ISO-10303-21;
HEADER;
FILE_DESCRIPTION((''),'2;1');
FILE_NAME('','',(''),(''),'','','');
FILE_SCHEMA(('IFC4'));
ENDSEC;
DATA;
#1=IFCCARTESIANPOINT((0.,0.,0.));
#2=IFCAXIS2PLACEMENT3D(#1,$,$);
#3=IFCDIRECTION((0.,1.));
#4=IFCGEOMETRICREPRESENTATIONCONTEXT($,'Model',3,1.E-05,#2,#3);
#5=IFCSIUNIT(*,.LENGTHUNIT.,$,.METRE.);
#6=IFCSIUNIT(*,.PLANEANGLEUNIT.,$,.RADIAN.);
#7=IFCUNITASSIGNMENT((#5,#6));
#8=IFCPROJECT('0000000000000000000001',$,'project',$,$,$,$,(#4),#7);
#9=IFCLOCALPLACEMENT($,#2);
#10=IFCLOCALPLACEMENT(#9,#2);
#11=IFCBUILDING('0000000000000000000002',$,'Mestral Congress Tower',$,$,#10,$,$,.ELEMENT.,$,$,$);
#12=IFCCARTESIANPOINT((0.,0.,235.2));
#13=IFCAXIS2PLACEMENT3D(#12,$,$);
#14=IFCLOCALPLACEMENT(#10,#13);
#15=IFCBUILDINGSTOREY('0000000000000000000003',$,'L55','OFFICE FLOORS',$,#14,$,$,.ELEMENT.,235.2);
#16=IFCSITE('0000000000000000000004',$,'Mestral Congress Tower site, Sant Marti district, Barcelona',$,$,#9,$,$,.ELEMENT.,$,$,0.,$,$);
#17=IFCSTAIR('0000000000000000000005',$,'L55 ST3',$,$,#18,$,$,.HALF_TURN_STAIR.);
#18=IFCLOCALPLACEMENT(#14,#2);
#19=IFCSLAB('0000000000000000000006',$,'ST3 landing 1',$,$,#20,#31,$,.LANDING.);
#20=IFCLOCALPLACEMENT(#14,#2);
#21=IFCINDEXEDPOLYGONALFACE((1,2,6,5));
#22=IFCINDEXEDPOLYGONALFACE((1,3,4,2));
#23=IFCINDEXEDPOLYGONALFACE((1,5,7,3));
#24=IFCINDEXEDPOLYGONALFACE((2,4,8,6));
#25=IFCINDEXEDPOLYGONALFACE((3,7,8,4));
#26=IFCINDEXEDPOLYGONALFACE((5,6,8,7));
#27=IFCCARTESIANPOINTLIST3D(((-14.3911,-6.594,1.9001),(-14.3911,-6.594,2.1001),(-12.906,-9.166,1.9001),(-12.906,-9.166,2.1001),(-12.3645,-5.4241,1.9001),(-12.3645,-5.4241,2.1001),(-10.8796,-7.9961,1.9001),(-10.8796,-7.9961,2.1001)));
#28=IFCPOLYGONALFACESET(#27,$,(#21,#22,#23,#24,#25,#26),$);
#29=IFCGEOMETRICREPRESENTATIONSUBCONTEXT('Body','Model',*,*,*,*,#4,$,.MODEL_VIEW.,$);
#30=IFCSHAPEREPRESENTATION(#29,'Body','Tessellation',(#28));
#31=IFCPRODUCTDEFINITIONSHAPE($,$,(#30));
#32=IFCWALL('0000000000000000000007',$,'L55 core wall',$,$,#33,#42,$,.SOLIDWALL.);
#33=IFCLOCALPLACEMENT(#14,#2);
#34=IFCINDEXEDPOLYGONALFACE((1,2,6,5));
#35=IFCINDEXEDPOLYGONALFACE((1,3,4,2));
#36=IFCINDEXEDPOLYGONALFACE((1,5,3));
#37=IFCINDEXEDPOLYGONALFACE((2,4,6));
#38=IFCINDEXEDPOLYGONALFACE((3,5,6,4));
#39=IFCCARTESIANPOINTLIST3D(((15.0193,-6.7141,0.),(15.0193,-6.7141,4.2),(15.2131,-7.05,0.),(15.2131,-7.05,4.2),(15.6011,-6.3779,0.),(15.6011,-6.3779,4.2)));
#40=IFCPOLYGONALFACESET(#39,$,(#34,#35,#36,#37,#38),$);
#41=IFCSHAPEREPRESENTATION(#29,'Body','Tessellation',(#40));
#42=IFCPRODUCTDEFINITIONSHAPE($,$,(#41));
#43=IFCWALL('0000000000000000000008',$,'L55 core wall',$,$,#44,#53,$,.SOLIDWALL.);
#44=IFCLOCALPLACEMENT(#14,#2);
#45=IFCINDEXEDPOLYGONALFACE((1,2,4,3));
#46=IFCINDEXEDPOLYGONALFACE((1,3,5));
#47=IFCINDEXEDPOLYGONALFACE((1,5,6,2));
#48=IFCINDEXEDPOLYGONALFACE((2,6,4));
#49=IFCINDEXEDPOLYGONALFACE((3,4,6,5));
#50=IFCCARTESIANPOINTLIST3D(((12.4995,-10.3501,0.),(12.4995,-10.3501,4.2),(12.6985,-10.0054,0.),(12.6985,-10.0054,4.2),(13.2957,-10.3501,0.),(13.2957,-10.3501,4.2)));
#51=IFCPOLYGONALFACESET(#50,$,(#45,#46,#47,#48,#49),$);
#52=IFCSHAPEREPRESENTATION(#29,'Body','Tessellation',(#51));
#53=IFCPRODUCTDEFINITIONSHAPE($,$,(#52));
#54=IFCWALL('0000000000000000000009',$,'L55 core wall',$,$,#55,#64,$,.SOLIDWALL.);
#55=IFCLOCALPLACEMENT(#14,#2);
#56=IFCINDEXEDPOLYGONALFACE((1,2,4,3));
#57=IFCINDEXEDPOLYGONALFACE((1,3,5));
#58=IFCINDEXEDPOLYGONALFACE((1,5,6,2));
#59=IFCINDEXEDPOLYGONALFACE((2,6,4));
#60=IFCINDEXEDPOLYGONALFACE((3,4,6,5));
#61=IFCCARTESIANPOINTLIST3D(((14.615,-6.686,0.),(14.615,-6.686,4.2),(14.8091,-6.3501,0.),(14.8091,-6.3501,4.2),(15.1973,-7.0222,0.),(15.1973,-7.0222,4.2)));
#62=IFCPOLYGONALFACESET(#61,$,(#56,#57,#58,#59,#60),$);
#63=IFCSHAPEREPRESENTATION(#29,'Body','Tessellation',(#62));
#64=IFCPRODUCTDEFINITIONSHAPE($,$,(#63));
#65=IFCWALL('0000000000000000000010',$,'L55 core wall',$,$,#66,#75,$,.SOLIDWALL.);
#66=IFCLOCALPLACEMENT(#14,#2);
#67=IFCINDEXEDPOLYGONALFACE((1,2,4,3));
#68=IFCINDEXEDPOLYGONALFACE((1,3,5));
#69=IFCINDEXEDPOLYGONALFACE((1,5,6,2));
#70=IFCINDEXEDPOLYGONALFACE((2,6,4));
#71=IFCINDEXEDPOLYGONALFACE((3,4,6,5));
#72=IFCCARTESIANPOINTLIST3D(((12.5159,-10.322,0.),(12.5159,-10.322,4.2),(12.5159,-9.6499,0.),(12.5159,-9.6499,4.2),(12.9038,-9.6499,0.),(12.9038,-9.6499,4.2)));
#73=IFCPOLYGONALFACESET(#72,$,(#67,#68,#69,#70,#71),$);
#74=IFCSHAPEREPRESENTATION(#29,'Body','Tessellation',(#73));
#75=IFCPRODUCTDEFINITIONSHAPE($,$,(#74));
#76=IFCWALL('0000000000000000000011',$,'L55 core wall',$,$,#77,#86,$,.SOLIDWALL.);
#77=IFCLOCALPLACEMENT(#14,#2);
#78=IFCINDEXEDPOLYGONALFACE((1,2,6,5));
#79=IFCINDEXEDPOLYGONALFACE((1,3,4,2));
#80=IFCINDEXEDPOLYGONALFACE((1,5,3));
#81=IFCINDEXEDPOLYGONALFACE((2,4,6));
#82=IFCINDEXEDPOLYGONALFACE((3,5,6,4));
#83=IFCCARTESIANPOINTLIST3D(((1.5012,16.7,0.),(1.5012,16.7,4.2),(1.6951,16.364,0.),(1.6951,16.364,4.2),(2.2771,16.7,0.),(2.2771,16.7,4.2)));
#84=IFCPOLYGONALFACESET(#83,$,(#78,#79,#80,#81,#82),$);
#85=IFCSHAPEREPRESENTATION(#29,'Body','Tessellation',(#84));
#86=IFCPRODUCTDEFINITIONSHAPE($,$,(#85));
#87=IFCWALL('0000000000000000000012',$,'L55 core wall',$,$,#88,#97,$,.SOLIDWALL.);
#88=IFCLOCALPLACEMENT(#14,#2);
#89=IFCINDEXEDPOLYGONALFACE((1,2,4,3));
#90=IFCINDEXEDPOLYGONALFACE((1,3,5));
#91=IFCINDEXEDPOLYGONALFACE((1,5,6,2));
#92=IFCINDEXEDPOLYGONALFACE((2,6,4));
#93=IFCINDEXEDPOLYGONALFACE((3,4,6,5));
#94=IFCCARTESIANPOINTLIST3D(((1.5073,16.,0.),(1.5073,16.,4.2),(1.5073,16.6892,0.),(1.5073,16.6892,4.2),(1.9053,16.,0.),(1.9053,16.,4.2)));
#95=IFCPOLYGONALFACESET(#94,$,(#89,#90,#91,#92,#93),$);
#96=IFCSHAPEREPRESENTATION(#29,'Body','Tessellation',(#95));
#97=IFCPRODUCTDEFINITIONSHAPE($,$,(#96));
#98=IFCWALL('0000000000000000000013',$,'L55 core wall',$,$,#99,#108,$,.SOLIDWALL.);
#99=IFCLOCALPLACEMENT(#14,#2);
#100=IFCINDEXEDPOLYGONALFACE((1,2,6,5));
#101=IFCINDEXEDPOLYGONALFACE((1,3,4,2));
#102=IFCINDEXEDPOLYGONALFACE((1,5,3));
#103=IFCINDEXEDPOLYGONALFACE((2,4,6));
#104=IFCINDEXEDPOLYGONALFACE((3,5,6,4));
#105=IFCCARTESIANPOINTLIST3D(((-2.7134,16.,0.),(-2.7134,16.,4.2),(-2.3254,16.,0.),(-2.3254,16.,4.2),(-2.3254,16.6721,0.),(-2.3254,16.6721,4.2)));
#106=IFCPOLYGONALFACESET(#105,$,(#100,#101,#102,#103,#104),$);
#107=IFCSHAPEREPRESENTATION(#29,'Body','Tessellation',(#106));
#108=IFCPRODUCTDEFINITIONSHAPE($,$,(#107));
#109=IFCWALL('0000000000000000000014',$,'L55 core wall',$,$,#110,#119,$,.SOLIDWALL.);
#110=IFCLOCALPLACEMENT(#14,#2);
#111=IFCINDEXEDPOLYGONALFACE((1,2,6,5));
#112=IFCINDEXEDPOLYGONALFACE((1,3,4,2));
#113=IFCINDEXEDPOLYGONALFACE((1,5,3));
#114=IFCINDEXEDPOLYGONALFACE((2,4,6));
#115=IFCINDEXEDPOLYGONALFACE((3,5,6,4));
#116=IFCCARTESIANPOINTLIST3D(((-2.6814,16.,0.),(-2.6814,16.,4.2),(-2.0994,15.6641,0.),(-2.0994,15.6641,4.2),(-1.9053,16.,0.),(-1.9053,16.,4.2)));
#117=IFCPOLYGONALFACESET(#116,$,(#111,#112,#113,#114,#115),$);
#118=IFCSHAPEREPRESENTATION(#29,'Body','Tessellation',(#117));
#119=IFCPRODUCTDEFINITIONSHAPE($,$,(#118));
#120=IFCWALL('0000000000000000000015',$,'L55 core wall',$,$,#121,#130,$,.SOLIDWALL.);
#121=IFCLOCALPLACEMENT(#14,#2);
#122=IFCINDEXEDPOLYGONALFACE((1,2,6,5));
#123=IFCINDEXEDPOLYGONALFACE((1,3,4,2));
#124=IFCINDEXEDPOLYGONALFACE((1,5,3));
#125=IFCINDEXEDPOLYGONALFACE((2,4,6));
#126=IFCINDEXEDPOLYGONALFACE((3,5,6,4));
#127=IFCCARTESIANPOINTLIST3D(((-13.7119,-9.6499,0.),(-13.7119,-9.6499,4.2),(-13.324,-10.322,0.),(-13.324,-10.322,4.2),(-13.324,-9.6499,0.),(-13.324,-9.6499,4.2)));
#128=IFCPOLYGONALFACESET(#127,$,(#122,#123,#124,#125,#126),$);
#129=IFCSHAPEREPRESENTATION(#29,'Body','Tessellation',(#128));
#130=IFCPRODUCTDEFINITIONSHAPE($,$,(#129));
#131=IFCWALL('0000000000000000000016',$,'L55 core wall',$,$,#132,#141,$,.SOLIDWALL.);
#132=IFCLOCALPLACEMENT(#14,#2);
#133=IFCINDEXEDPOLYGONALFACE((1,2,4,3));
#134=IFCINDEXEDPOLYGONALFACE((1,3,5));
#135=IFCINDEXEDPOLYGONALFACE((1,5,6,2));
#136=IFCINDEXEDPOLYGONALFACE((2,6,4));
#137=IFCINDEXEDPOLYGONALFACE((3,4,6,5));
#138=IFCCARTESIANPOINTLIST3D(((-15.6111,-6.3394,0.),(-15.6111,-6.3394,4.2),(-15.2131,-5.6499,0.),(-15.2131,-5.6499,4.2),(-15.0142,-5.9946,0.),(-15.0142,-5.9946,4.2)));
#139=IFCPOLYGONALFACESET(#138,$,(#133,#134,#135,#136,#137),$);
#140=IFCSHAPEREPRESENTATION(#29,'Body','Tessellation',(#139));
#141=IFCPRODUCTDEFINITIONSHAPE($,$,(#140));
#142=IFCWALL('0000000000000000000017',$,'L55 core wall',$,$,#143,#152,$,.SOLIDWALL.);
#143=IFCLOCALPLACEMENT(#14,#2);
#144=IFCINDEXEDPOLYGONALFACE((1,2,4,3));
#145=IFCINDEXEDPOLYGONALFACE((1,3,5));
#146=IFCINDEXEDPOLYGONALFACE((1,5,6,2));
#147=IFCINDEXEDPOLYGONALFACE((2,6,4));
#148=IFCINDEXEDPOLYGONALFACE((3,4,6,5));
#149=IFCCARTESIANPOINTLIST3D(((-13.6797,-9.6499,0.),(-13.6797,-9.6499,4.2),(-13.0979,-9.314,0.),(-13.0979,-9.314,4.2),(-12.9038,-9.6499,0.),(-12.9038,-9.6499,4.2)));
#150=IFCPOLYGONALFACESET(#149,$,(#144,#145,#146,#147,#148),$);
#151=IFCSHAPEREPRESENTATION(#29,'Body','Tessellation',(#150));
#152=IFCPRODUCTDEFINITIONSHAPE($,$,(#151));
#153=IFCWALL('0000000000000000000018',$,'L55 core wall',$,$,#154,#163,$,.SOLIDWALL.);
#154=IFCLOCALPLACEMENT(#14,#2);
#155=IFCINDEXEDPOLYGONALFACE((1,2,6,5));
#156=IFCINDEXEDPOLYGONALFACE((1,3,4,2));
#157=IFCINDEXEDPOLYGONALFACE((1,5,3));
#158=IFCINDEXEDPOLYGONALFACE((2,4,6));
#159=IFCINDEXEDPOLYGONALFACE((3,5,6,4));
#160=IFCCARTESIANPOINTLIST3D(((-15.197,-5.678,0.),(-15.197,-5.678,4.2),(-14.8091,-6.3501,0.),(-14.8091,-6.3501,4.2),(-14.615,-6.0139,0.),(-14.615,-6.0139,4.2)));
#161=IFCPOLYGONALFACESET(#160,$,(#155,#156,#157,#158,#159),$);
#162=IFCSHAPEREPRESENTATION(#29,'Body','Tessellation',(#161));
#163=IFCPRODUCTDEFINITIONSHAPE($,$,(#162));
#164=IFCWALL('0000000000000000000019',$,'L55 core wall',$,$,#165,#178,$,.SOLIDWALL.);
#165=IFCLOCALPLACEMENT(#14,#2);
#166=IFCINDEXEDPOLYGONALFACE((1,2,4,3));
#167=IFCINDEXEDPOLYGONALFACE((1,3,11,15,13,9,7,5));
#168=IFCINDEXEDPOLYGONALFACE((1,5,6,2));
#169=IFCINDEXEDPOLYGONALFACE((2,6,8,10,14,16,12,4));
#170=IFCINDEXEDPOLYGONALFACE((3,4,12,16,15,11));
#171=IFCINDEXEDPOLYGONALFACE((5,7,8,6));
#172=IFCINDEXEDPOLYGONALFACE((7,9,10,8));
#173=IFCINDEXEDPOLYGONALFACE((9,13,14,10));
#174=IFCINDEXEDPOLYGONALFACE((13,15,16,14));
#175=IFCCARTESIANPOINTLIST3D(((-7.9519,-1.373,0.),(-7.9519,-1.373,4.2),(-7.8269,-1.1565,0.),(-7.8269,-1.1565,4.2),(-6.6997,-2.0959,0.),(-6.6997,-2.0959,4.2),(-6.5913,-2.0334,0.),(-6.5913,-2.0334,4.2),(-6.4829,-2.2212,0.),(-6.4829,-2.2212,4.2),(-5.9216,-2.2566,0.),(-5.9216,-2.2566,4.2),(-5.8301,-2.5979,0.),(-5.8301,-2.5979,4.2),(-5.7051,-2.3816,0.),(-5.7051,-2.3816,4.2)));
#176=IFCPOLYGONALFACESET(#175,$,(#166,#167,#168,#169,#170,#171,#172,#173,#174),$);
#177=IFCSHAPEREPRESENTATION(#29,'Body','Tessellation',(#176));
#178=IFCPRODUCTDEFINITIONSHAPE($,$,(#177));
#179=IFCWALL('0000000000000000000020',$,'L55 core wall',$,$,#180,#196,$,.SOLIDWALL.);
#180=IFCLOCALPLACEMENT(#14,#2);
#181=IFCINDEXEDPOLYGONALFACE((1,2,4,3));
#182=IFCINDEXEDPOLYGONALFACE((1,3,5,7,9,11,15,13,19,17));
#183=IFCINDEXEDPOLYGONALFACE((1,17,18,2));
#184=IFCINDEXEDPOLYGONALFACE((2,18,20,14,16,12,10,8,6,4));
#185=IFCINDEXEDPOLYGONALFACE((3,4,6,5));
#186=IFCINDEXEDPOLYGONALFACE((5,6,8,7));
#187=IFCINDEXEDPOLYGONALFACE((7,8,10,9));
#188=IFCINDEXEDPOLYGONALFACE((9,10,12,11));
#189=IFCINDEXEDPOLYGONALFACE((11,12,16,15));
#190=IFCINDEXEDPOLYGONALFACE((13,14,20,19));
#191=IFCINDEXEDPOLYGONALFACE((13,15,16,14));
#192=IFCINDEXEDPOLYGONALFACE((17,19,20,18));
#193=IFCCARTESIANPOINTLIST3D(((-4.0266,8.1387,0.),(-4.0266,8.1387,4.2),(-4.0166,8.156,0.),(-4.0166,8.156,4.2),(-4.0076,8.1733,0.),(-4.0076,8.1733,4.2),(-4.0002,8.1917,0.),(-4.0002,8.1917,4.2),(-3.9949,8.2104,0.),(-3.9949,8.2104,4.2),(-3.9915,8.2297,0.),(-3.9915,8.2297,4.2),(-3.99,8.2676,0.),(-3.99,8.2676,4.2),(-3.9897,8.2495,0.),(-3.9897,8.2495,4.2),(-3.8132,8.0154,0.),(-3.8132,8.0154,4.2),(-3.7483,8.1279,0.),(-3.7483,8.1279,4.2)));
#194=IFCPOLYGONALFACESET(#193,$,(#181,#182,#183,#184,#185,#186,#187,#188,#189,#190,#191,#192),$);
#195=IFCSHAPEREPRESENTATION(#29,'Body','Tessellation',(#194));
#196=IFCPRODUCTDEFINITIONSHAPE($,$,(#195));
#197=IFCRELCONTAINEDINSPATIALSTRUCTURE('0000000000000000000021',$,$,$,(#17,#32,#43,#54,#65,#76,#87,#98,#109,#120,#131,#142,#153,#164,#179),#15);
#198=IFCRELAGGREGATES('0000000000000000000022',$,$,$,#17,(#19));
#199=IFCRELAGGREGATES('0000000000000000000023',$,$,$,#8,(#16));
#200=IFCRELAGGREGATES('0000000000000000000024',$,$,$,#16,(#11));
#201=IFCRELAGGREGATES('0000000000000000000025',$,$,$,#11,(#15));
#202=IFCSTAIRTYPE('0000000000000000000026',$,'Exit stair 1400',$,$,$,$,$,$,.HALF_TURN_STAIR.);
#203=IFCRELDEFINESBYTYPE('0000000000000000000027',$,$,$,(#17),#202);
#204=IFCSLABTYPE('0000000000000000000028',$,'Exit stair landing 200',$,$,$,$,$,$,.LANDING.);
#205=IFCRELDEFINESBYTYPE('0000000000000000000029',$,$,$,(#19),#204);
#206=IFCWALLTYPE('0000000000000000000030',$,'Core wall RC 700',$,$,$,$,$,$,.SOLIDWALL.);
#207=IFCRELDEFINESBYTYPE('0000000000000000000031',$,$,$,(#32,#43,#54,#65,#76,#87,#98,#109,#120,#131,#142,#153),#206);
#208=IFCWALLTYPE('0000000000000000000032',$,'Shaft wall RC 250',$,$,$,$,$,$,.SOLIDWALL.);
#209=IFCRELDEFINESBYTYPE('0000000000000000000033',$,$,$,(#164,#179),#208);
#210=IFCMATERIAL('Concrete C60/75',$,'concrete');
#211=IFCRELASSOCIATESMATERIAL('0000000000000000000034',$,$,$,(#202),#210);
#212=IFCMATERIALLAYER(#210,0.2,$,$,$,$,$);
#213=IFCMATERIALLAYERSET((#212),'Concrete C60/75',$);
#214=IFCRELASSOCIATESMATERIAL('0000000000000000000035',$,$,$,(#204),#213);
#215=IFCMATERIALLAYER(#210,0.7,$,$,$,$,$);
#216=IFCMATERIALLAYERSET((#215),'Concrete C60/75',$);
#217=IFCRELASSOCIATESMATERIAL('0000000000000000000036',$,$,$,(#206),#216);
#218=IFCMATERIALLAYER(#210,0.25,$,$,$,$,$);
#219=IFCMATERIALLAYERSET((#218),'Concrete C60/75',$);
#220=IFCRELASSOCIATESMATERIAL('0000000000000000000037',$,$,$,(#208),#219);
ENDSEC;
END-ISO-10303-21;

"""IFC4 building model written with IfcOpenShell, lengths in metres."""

from ifc_helpers import new_model, si_unit, direction, frame, origin, place, context, subcontext, project, spatial, polyline, outline, extrude, material, layer, layer_set, type_object, element, aggregate, save


model = new_model("IFC4")

# Units and contexts
model_context = context("Model", 3, precision=1e-05, world=origin(), true_north=direction((0.0, 1.0)))
body_context = subcontext(model_context, "Body", "Model", "MODEL_VIEW")
ifc_project = project(units=[si_unit("LENGTHUNIT", "METRE"), si_unit("PLANEANGLEUNIT", "RADIAN")], contexts=[model_context])

# Site, building, storey
site_placement = place(None, origin())
site = spatial("IfcSite", under=ifc_project, at=site_placement, Name="Mestral Congress Tower site, Sant Marti district, Barcelona", CompositionType="ELEMENT", RefElevation=0.0)
building_placement = place(site_placement, origin())
building = spatial("IfcBuilding", under=site, at=building_placement, Name="Mestral Congress Tower", CompositionType="ELEMENT")
storey_placement = place(building_placement, frame((0.0, 0.0, 235.2)))
storey = spatial("IfcBuildingStorey", under=building, at=storey_placement, Name="L55", Description="OFFICE FLOORS", CompositionType="ELEMENT", Elevation=235.2)

# Shared definitions
ifc_material_1 = material(Name="Concrete C60/75", Category="concrete")

# Stair, slab
stair_type = type_object("IfcStairType", Name="Exit stair 1400", PredefinedType="HALF_TURN_STAIR", material=ifc_material_1)
placement_1 = place(storey_placement, origin())
ifc_layer_1 = layer(ifc_material_1, 0.2)
ifc_layer_set_1 = layer_set([ifc_layer_1], Name="Concrete C60/75")
slab_type_1 = type_object("IfcSlabType", Name="Exit stair landing 200", PredefinedType="LANDING", material=ifc_layer_set_1)
placement_2 = place(storey_placement, frame((0.0, 0.0, 1.9001)))
stair_1 = element("IfcStair", 1, at=placement_1, inside=storey, type_object=stair_type, Name="L55 ST3", PredefinedType="HALF_TURN_STAIR")
slab_1 = element("IfcSlab", 2, at=placement_2, type_object=slab_type_1, Name="ST3 landing 1", PredefinedType="LANDING", context=body_context, shape_type="SweptSolid", body=[
    extrude(outline(polyline([(-12.3645, -5.4241), (-10.8796, -7.9961), (-12.906, -9.166), (-14.3911, -6.594), (-12.3645, -5.4241)])), origin(), (0.0, 0.0, 1.0), 0.2),
])
aggregate(stair_1, [slab_1])

# Walls
ifc_layer_2 = layer(ifc_material_1, 0.7)
ifc_layer_set_2 = layer_set([ifc_layer_2], Name="Concrete C60/75")
wall_type_1 = type_object("IfcWallType", Name="Core wall RC 700", PredefinedType="SOLIDWALL", material=ifc_layer_set_2)
element("IfcWall", 3, at=placement_1, inside=storey, type_object=wall_type_1, Name="L55 core wall", PredefinedType="SOLIDWALL", context=body_context, shape_type="SweptSolid", body=[
    extrude(outline(polyline([(15.2131, -7.05), (15.0193, -6.7141), (15.6011, -6.3779), (15.2131, -7.05)])), origin(), (0.0, 0.0, 1.0), 4.2),
])
element("IfcWall", 4, at=placement_1, inside=storey, type_object=wall_type_1, Name="L55 core wall", PredefinedType="SOLIDWALL", context=body_context, shape_type="SweptSolid", body=[
    extrude(outline(polyline([(12.4995, -10.3501), (12.6985, -10.0054), (13.2957, -10.3501), (12.4995, -10.3501)])), origin(), (0.0, 0.0, 1.0), 4.2),
])
element("IfcWall", 5, at=placement_1, inside=storey, type_object=wall_type_1, Name="L55 core wall", PredefinedType="SOLIDWALL", context=body_context, shape_type="SweptSolid", body=[
    extrude(outline(polyline([(14.8091, -6.3501), (15.1973, -7.0222), (14.615, -6.686), (14.8091, -6.3501)])), origin(), (0.0, 0.0, 1.0), 4.2),
])
element("IfcWall", 6, at=placement_1, inside=storey, type_object=wall_type_1, Name="L55 core wall", PredefinedType="SOLIDWALL", context=body_context, shape_type="SweptSolid", body=[
    extrude(outline(polyline([(12.9038, -9.6499), (12.5159, -10.322), (12.5159, -9.6499), (12.9038, -9.6499)])), origin(), (0.0, 0.0, 1.0), 4.2),
])
element("IfcWall", 7, at=placement_1, inside=storey, type_object=wall_type_1, Name="L55 core wall", PredefinedType="SOLIDWALL", context=body_context, shape_type="SweptSolid", body=[
    extrude(outline(polyline([(1.5012, 16.7), (2.2771, 16.7), (1.6951, 16.364), (1.5012, 16.7)])), origin(), (0.0, 0.0, 1.0), 4.2),
])
element("IfcWall", 8, at=placement_1, inside=storey, type_object=wall_type_1, Name="L55 core wall", PredefinedType="SOLIDWALL", context=body_context, shape_type="SweptSolid", body=[
    extrude(outline(polyline([(1.9053, 16.0), (1.5073, 16.0), (1.5073, 16.6892), (1.9053, 16.0)])), origin(), (0.0, 0.0, 1.0), 4.2),
])
element("IfcWall", 9, at=placement_1, inside=storey, type_object=wall_type_1, Name="L55 core wall", PredefinedType="SOLIDWALL", context=body_context, shape_type="SweptSolid", body=[
    extrude(outline(polyline([(-2.7134, 16.0), (-2.3254, 16.6721), (-2.3254, 16.0), (-2.7134, 16.0)])), origin(), (0.0, 0.0, 1.0), 4.2),
])
element("IfcWall", 10, at=placement_1, inside=storey, type_object=wall_type_1, Name="L55 core wall", PredefinedType="SOLIDWALL", context=body_context, shape_type="SweptSolid", body=[
    extrude(outline(polyline([(-1.9053, 16.0), (-2.0994, 15.6641), (-2.6814, 16.0), (-1.9053, 16.0)])), origin(), (0.0, 0.0, 1.0), 4.2),
])
element("IfcWall", 11, at=placement_1, inside=storey, type_object=wall_type_1, Name="L55 core wall", PredefinedType="SOLIDWALL", context=body_context, shape_type="SweptSolid", body=[
    extrude(outline(polyline([(-13.7119, -9.6499), (-13.324, -9.6499), (-13.324, -10.322), (-13.7119, -9.6499)])), origin(), (0.0, 0.0, 1.0), 4.2),
])
element("IfcWall", 12, at=placement_1, inside=storey, type_object=wall_type_1, Name="L55 core wall", PredefinedType="SOLIDWALL", context=body_context, shape_type="SweptSolid", body=[
    extrude(outline(polyline([(-15.0142, -5.9946), (-15.6111, -6.3394), (-15.2131, -5.6499), (-15.0142, -5.9946)])), origin(), (0.0, 0.0, 1.0), 4.2),
])
element("IfcWall", 13, at=placement_1, inside=storey, type_object=wall_type_1, Name="L55 core wall", PredefinedType="SOLIDWALL", context=body_context, shape_type="SweptSolid", body=[
    extrude(outline(polyline([(-12.9038, -9.6499), (-13.6797, -9.6499), (-13.0979, -9.314), (-12.9038, -9.6499)])), origin(), (0.0, 0.0, 1.0), 4.2),
])
element("IfcWall", 14, at=placement_1, inside=storey, type_object=wall_type_1, Name="L55 core wall", PredefinedType="SOLIDWALL", context=body_context, shape_type="SweptSolid", body=[
    extrude(outline(polyline([(-14.8091, -6.3501), (-15.197, -5.678), (-14.615, -6.0139), (-14.8091, -6.3501)])), origin(), (0.0, 0.0, 1.0), 4.2),
])
ifc_layer_3 = layer(ifc_material_1, 0.25)
ifc_layer_set_3 = layer_set([ifc_layer_3], Name="Concrete C60/75")
wall_type_2 = type_object("IfcWallType", Name="Shaft wall RC 250", PredefinedType="SOLIDWALL", material=ifc_layer_set_3)
element("IfcWall", 15, at=placement_1, inside=storey, type_object=wall_type_2, Name="L55 core wall", PredefinedType="SOLIDWALL", context=body_context, shape_type="SweptSolid", body=[
    extrude(outline(polyline([(-5.9216, -2.2566), (-5.9216, -2.2566), (-5.7051, -2.3816), (-5.8301, -2.5979), (-6.4829, -2.2212), (-6.5913, -2.0334), (-6.5913, -2.0334), (-6.6997, -2.0959), (-7.9519, -1.373), (-7.8269, -1.1565), (-5.9216, -2.2566)])), origin(), (0.0, 0.0, 1.0), 4.2),
])
element("IfcWall", 16, at=placement_1, inside=storey, type_object=wall_type_2, Name="L55 core wall", PredefinedType="SOLIDWALL", context=body_context, shape_type="SweptSolid", body=[
    extrude(outline(polyline([(-3.7483, 8.1279), (-3.8132, 8.0154), (-4.0266, 8.1387), (-4.0166, 8.156), (-4.0076, 8.1733), (-4.0002, 8.1917), (-3.9949, 8.2104), (-3.9915, 8.2297), (-3.9897, 8.2495), (-3.99, 8.2676), (-3.7483, 8.1279)])), origin(), (0.0, 0.0, 1.0), 4.2),
])

save(model, "model.ifc")
